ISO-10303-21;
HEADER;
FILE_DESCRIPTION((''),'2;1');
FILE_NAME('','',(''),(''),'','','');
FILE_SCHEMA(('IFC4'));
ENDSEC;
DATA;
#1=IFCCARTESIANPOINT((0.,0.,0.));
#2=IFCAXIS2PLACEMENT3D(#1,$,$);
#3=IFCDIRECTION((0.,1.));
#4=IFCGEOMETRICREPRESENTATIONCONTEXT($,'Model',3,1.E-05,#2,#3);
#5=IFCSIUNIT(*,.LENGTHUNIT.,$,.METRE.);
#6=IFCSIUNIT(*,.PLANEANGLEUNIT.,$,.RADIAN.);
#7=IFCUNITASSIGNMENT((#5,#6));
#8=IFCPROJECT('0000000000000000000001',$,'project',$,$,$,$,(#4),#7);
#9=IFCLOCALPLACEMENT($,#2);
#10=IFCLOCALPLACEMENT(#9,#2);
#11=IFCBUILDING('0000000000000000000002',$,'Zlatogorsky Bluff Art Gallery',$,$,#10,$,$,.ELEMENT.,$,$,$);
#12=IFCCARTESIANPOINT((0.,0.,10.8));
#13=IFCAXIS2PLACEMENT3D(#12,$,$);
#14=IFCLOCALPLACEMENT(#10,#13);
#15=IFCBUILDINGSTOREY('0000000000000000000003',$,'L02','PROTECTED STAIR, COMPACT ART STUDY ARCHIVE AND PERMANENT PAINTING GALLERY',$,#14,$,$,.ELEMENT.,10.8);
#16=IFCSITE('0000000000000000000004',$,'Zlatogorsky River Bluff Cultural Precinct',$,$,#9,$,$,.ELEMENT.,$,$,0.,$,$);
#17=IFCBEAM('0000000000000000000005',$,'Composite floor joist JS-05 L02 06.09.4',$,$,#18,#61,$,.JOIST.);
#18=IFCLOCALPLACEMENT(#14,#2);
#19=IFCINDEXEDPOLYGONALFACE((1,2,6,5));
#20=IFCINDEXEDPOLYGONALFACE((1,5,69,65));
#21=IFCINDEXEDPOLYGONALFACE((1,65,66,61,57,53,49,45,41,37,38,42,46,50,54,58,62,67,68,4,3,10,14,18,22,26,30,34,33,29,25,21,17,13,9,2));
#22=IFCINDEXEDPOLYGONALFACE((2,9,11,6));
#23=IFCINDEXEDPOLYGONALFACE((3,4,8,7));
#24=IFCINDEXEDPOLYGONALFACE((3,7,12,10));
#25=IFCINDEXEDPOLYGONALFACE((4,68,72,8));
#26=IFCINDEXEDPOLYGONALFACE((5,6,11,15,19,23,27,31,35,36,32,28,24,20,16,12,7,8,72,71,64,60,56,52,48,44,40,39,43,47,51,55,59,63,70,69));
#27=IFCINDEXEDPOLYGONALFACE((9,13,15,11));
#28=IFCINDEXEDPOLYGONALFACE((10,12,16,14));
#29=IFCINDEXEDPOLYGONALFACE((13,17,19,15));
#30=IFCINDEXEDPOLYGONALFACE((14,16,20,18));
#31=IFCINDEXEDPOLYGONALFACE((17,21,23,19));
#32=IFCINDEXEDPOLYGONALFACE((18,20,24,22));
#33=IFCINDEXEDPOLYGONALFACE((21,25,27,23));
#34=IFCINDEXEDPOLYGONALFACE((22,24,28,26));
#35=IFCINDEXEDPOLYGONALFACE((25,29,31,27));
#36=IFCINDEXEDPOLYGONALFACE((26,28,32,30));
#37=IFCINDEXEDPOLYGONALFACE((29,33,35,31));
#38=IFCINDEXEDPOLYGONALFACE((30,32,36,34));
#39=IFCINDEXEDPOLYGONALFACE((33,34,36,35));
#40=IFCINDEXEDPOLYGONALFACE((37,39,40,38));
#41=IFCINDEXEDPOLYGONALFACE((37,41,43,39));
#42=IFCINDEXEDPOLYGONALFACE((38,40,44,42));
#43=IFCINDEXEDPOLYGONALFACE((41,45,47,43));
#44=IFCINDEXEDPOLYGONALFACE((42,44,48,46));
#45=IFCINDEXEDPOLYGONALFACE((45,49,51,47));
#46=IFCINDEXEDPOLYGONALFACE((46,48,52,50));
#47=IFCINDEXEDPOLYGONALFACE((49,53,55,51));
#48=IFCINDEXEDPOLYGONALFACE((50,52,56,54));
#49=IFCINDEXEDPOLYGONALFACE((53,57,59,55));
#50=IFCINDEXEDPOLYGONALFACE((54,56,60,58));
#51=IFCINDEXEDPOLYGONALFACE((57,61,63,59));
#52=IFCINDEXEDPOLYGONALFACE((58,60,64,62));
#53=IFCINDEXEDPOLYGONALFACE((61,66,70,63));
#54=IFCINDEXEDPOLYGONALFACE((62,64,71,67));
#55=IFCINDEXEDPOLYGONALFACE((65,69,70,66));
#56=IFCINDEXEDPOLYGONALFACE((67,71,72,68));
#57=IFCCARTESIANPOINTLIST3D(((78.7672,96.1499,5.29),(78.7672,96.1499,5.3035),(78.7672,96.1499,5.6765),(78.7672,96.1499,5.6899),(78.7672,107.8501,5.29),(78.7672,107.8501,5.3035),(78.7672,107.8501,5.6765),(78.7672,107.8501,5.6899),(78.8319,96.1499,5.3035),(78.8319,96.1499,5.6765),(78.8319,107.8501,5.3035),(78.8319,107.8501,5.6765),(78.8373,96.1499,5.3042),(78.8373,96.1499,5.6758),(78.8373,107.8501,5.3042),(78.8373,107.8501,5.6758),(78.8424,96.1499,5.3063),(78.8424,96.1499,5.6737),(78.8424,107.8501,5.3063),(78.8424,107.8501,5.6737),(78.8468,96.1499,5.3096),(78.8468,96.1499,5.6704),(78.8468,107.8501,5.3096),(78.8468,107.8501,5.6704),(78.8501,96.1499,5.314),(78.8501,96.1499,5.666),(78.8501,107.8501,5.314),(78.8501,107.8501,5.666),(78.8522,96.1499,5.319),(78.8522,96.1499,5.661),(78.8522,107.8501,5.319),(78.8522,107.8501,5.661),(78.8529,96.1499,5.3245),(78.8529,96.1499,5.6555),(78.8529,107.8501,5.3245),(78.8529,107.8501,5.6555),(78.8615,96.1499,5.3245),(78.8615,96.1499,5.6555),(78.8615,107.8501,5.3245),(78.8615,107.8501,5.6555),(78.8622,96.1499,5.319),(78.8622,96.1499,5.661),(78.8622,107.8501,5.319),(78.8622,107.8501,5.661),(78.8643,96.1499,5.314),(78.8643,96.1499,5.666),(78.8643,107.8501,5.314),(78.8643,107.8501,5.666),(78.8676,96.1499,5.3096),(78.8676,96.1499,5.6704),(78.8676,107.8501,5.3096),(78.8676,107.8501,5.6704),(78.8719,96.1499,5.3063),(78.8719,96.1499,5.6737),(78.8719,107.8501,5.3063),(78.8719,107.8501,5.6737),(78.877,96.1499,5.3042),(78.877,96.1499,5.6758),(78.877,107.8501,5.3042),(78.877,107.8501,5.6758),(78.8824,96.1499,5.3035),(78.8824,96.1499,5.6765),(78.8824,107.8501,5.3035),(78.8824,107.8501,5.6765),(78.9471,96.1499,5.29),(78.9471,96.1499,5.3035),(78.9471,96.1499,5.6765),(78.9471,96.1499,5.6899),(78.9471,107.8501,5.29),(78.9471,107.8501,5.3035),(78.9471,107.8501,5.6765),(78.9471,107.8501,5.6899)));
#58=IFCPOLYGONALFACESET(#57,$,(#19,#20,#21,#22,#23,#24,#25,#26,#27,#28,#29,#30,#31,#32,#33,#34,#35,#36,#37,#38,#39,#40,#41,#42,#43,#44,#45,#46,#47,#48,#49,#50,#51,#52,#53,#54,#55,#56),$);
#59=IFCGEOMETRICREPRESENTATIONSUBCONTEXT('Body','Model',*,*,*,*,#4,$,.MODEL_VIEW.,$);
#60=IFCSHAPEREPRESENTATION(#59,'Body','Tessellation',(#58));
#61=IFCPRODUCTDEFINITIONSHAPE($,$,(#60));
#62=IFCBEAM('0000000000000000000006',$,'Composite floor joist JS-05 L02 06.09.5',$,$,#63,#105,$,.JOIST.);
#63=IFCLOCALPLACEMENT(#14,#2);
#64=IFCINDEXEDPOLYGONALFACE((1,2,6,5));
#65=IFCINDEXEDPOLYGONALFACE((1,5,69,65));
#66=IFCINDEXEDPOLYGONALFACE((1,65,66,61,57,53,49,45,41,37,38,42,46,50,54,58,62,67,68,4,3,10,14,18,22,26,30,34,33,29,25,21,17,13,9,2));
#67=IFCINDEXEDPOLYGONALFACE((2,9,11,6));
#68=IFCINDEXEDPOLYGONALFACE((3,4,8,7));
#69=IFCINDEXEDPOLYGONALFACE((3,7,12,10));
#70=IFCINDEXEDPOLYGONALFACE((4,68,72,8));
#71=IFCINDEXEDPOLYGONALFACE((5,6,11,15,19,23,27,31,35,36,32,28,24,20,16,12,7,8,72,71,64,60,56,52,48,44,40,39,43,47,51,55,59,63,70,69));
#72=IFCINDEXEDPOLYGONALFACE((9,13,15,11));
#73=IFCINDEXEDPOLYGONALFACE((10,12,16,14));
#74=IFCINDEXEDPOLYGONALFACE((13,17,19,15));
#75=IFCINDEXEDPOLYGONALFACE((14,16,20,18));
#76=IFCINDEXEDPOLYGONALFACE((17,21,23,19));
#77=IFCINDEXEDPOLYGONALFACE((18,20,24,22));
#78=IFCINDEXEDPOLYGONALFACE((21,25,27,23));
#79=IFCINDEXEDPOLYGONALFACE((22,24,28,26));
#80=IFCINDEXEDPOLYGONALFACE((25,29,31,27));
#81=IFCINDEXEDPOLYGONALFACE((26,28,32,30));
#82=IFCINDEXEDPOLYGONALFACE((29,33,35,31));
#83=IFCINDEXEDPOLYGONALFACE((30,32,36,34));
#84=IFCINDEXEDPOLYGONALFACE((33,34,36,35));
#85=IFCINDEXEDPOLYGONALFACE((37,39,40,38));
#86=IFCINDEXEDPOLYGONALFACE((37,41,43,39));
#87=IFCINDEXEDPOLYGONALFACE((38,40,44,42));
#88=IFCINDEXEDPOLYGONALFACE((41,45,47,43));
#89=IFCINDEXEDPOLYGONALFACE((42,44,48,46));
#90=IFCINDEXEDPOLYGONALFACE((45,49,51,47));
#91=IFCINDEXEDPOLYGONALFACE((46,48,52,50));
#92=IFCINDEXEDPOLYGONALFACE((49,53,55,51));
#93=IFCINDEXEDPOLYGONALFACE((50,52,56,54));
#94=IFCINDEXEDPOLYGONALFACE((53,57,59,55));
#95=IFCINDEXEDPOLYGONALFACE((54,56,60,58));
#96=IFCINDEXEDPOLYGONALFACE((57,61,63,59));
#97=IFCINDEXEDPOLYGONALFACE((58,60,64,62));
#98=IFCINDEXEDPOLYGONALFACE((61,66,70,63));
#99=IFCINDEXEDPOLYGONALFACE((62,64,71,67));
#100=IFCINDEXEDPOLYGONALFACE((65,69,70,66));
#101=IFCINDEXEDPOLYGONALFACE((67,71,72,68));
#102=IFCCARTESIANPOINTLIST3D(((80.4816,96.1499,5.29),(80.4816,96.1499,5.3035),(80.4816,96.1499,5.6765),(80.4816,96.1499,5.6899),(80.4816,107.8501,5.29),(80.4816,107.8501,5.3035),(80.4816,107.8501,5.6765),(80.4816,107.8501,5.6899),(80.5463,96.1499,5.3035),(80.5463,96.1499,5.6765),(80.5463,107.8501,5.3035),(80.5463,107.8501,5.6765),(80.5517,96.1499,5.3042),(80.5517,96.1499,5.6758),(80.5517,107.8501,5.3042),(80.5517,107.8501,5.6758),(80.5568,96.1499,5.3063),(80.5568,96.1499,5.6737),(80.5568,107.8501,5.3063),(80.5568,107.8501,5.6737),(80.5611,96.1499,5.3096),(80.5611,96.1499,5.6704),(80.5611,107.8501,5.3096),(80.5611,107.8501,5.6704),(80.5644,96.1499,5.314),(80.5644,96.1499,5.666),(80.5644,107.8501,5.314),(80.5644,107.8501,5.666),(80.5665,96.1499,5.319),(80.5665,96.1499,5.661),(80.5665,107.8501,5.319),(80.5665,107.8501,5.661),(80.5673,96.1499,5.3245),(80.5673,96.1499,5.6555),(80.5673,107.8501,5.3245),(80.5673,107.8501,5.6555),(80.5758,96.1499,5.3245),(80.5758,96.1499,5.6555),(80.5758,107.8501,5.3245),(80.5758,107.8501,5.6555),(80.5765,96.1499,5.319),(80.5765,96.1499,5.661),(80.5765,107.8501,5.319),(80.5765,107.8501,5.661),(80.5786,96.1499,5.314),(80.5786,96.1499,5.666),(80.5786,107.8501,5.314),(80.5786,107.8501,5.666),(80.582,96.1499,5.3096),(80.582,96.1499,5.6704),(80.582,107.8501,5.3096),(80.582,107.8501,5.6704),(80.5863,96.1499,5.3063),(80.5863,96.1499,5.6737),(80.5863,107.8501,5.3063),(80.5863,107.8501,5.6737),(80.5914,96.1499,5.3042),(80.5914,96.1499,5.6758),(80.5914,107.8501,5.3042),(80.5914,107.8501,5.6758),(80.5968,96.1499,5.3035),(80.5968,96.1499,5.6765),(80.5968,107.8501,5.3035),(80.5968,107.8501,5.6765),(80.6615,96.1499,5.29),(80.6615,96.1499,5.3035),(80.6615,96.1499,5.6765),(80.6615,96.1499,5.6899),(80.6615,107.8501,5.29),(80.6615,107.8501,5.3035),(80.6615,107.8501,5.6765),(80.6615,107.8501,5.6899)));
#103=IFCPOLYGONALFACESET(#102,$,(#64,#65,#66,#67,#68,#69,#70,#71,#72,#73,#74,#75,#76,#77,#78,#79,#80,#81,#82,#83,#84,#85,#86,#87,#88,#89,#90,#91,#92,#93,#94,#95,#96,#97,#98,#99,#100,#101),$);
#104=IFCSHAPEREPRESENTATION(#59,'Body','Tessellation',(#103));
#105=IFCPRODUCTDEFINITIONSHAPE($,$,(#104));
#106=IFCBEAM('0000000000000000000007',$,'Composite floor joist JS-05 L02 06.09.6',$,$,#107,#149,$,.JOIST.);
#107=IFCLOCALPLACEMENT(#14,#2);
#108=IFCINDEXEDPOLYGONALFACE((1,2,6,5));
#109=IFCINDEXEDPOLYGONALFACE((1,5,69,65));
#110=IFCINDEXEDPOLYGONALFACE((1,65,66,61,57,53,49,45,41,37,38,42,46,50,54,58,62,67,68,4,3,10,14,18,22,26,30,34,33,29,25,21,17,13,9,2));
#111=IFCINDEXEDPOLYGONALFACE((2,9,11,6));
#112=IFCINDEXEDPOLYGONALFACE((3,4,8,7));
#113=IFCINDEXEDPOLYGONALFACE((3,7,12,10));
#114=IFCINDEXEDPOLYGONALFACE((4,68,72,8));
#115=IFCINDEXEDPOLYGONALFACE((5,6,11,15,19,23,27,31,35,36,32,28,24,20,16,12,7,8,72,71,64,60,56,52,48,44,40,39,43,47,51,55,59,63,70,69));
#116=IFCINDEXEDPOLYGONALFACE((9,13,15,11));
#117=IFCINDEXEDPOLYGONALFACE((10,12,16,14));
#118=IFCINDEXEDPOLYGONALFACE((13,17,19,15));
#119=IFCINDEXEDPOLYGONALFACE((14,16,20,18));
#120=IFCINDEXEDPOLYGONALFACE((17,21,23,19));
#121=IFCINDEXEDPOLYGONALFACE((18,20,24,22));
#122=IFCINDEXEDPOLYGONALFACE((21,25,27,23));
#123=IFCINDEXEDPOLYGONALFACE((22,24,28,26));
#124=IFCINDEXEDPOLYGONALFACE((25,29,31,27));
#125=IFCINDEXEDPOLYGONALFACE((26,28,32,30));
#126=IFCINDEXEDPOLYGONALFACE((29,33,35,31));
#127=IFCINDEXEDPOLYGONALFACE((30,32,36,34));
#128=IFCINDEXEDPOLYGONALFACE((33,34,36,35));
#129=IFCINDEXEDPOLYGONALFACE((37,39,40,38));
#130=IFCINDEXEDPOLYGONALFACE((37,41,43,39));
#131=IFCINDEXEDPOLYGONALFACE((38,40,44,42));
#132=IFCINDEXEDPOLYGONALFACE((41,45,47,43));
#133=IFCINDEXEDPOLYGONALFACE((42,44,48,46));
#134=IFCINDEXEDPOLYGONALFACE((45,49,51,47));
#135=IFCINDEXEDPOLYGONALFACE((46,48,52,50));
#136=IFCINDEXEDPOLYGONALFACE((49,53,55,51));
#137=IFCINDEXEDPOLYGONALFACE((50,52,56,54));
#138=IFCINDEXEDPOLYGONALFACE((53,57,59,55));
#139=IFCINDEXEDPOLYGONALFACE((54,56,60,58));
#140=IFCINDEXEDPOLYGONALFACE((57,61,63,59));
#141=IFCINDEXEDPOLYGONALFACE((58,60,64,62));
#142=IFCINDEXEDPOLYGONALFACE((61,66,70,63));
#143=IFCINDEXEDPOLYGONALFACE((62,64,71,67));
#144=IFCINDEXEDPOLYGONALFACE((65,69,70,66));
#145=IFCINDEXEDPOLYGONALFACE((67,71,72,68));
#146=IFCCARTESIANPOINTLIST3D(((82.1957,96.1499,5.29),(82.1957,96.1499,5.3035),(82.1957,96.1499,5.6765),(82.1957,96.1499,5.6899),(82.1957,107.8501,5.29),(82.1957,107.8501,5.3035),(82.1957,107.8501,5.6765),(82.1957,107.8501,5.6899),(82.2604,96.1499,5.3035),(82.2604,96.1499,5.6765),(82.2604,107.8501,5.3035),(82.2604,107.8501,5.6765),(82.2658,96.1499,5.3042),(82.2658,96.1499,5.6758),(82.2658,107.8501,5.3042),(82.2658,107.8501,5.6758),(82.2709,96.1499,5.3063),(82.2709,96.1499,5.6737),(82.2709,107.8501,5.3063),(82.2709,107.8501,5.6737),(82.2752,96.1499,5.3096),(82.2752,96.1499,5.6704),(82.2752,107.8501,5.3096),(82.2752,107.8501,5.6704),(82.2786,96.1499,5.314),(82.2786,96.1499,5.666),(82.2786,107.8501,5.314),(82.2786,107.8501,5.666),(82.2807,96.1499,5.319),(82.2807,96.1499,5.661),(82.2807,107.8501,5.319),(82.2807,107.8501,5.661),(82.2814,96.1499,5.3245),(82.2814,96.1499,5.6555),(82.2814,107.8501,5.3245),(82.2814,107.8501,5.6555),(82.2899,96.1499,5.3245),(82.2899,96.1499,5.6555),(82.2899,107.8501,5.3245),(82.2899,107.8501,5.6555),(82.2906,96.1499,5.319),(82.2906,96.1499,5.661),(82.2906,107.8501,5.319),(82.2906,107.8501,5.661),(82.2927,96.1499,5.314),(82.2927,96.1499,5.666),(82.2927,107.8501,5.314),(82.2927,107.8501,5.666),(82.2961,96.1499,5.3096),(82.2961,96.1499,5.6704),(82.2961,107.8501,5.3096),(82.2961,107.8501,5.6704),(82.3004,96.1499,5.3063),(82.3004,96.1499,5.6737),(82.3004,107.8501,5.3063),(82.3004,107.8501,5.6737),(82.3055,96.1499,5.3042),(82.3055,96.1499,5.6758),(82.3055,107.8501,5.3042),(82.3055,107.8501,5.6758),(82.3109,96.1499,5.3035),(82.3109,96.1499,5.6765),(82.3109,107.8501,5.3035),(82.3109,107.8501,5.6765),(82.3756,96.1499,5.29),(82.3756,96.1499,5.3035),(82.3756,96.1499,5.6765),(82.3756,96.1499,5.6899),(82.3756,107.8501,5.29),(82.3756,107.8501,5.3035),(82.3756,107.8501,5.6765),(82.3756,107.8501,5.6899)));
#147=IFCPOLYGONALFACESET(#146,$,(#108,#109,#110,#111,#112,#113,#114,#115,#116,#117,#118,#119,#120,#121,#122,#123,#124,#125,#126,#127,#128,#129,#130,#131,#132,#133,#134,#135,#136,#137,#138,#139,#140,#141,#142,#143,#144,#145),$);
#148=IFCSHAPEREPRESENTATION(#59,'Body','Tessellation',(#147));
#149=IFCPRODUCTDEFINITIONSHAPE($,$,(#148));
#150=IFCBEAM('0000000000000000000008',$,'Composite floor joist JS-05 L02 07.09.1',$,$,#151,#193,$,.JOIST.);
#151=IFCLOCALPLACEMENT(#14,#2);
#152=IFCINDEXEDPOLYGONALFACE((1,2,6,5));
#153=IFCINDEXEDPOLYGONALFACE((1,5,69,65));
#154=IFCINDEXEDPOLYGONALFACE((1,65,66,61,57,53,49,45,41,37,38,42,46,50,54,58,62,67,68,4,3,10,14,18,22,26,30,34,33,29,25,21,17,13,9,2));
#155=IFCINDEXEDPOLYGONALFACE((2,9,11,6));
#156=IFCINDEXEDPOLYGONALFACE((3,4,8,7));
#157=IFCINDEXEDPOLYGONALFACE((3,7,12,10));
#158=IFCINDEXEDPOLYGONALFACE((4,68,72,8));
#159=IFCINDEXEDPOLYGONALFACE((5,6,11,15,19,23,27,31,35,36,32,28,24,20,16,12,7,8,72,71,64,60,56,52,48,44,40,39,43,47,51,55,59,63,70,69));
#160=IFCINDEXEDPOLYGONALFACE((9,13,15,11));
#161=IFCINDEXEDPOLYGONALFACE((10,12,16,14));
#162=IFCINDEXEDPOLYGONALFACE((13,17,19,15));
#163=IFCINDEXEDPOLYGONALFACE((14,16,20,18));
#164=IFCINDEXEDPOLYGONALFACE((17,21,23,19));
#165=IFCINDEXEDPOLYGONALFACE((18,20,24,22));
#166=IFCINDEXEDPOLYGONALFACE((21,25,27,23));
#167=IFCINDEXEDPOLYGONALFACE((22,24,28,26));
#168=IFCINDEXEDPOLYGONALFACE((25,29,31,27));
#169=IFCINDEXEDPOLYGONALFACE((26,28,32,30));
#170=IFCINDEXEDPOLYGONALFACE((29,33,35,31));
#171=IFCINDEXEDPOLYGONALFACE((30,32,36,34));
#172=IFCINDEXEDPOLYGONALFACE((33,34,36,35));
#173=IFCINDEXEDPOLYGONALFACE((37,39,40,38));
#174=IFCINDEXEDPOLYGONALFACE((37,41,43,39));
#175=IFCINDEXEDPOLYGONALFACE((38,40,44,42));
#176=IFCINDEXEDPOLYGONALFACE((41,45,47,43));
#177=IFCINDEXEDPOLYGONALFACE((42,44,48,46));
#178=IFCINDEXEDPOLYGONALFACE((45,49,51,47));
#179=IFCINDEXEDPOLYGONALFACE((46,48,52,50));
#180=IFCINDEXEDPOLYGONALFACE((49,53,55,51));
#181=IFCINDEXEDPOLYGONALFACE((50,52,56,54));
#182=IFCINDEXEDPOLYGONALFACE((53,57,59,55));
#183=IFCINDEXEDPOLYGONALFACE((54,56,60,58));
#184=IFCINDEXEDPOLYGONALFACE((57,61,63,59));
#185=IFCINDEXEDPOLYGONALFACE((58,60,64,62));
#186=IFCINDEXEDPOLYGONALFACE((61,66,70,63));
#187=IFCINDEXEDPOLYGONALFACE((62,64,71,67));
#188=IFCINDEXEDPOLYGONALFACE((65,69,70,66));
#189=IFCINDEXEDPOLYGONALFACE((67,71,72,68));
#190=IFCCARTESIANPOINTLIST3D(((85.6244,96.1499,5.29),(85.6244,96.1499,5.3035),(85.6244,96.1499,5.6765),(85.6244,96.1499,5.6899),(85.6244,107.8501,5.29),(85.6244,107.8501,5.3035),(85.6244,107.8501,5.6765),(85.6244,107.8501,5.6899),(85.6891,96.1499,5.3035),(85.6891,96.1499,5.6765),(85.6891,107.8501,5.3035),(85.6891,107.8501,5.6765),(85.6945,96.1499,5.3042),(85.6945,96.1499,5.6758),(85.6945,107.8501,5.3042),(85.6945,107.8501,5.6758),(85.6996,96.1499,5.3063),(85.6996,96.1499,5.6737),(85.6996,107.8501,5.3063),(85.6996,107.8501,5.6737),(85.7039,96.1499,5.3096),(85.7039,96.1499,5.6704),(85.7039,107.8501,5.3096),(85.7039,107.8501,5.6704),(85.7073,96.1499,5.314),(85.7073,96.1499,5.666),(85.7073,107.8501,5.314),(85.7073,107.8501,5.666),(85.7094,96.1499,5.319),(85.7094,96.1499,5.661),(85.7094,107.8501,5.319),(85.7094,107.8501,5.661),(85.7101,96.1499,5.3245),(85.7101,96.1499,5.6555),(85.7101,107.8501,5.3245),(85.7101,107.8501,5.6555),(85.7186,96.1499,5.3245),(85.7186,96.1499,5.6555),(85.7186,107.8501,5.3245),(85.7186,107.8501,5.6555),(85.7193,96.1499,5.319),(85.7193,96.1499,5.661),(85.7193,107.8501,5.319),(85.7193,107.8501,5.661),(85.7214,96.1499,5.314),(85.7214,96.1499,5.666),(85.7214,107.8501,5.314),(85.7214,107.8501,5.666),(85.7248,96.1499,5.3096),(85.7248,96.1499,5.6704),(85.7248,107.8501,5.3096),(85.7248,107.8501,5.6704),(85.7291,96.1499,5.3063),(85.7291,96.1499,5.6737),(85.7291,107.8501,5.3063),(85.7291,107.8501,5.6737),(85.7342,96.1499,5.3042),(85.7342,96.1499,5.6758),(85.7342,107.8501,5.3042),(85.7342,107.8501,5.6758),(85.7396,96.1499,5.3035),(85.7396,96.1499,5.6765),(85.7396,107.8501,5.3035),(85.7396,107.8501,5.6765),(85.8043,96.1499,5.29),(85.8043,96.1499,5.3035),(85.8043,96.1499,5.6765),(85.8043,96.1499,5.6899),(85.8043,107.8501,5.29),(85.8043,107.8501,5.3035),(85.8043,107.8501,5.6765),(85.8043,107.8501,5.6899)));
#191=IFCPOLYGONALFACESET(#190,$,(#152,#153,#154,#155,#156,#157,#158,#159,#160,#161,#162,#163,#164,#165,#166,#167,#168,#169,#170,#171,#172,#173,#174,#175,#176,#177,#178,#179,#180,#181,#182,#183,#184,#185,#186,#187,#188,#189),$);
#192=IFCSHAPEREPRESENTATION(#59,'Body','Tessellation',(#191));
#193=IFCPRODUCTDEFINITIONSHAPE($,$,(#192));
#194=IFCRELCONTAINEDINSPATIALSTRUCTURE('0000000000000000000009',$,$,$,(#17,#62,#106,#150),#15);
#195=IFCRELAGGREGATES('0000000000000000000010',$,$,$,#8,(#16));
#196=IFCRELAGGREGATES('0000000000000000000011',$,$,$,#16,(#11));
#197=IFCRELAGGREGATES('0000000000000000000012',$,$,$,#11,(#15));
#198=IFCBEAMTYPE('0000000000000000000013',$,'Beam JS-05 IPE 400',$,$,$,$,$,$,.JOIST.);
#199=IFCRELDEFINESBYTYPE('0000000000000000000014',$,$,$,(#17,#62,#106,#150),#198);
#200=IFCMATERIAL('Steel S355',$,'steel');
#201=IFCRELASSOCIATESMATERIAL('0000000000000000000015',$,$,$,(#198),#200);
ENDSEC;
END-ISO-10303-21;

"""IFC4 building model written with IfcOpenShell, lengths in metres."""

from ifc_helpers import new_model, si_unit, direction, frame, origin, origin_2d, place, context, subcontext, project, spatial, i_section, extrude, material, material_profile, profile_set, type_object, element, save


model = new_model("IFC4")

# Units and contexts
model_context = context("Model", 3, precision=1e-05, world=origin(), true_north=direction((0.0, 1.0)))
body_context = subcontext(model_context, "Body", "Model", "MODEL_VIEW")
ifc_project = project(units=[si_unit("LENGTHUNIT", "METRE"), si_unit("PLANEANGLEUNIT", "RADIAN")], contexts=[model_context])

# Site, building, storey
site_placement = place(None, origin())
site = spatial("IfcSite", under=ifc_project, at=site_placement, Name="Zlatogorsky River Bluff Cultural Precinct", CompositionType="ELEMENT", RefElevation=0.0)
building_placement = place(site_placement, origin())
building = spatial("IfcBuilding", under=site, at=building_placement, Name="Zlatogorsky Bluff Art Gallery", CompositionType="ELEMENT")
storey_placement = place(building_placement, frame((0.0, 0.0, 10.8)))
storey = spatial("IfcBuildingStorey", under=building, at=storey_placement, Name="L02", Description="PROTECTED STAIR, COMPACT ART STUDY ARCHIVE AND PERMANENT PAINTING GALLERY", CompositionType="ELEMENT", Elevation=10.8)

# Shared definitions
ifc_material_1 = material(Name="Steel S355", Category="steel")

# Beams
ifc_material_profile_1 = material_profile(ifc_material_1, i_section(OverallWidth=0.1799, OverallDepth=0.3999, WebThickness=0.0085, FlangeThickness=0.0134, FilletRadius=0.021, at=origin_2d()), Name="IPE 400")
ifc_profile_set_1 = profile_set([ifc_material_profile_1], Name="Steel S355")
beam_type_1 = type_object("IfcBeamType", Name="Beam JS-05 IPE 400", PredefinedType="JOIST", material=ifc_profile_set_1)
for number, where, z_axis, x_axis, name in (
    (1, (78.8572, 96.1499, 5.49), (0.0, 1.0, 0.0), (-1.0, 0.0, 0.0), "Composite floor joist JS-05 L02 06.09.4"),
    (2, (80.5715, 96.1499, 5.49), (0.0, 1.0, 0.0), (-1.0, 0.0, 0.0), "Composite floor joist JS-05 L02 06.09.5"),
    (3, (82.2856, 96.1499, 5.49), (0.0, 1.0, 0.0), (-1.0, 0.0, 0.0), "Composite floor joist JS-05 L02 06.09.6"),
    (4, (85.7144, 96.1499, 5.49), (0.0, 1.0, 0.0), (-1.0, 0.0, 0.0), "Composite floor joist JS-05 L02 07.09.1"),
):
    element("IfcBeam", number, at=place(storey_placement, frame(where, z_axis=z_axis, x_axis=x_axis)), inside=storey, type_object=beam_type_1, Name=name, PredefinedType="JOIST", context=body_context, shape_type="SweptSolid", body=[
        extrude(i_section(OverallWidth=0.1799, OverallDepth=0.3999, WebThickness=0.0085, FlangeThickness=0.0134, FilletRadius=0.021, at=origin_2d()), origin(), (0.0, 0.0, 1.0), 11.7002),
    ])

save(model, "model.ifc")
